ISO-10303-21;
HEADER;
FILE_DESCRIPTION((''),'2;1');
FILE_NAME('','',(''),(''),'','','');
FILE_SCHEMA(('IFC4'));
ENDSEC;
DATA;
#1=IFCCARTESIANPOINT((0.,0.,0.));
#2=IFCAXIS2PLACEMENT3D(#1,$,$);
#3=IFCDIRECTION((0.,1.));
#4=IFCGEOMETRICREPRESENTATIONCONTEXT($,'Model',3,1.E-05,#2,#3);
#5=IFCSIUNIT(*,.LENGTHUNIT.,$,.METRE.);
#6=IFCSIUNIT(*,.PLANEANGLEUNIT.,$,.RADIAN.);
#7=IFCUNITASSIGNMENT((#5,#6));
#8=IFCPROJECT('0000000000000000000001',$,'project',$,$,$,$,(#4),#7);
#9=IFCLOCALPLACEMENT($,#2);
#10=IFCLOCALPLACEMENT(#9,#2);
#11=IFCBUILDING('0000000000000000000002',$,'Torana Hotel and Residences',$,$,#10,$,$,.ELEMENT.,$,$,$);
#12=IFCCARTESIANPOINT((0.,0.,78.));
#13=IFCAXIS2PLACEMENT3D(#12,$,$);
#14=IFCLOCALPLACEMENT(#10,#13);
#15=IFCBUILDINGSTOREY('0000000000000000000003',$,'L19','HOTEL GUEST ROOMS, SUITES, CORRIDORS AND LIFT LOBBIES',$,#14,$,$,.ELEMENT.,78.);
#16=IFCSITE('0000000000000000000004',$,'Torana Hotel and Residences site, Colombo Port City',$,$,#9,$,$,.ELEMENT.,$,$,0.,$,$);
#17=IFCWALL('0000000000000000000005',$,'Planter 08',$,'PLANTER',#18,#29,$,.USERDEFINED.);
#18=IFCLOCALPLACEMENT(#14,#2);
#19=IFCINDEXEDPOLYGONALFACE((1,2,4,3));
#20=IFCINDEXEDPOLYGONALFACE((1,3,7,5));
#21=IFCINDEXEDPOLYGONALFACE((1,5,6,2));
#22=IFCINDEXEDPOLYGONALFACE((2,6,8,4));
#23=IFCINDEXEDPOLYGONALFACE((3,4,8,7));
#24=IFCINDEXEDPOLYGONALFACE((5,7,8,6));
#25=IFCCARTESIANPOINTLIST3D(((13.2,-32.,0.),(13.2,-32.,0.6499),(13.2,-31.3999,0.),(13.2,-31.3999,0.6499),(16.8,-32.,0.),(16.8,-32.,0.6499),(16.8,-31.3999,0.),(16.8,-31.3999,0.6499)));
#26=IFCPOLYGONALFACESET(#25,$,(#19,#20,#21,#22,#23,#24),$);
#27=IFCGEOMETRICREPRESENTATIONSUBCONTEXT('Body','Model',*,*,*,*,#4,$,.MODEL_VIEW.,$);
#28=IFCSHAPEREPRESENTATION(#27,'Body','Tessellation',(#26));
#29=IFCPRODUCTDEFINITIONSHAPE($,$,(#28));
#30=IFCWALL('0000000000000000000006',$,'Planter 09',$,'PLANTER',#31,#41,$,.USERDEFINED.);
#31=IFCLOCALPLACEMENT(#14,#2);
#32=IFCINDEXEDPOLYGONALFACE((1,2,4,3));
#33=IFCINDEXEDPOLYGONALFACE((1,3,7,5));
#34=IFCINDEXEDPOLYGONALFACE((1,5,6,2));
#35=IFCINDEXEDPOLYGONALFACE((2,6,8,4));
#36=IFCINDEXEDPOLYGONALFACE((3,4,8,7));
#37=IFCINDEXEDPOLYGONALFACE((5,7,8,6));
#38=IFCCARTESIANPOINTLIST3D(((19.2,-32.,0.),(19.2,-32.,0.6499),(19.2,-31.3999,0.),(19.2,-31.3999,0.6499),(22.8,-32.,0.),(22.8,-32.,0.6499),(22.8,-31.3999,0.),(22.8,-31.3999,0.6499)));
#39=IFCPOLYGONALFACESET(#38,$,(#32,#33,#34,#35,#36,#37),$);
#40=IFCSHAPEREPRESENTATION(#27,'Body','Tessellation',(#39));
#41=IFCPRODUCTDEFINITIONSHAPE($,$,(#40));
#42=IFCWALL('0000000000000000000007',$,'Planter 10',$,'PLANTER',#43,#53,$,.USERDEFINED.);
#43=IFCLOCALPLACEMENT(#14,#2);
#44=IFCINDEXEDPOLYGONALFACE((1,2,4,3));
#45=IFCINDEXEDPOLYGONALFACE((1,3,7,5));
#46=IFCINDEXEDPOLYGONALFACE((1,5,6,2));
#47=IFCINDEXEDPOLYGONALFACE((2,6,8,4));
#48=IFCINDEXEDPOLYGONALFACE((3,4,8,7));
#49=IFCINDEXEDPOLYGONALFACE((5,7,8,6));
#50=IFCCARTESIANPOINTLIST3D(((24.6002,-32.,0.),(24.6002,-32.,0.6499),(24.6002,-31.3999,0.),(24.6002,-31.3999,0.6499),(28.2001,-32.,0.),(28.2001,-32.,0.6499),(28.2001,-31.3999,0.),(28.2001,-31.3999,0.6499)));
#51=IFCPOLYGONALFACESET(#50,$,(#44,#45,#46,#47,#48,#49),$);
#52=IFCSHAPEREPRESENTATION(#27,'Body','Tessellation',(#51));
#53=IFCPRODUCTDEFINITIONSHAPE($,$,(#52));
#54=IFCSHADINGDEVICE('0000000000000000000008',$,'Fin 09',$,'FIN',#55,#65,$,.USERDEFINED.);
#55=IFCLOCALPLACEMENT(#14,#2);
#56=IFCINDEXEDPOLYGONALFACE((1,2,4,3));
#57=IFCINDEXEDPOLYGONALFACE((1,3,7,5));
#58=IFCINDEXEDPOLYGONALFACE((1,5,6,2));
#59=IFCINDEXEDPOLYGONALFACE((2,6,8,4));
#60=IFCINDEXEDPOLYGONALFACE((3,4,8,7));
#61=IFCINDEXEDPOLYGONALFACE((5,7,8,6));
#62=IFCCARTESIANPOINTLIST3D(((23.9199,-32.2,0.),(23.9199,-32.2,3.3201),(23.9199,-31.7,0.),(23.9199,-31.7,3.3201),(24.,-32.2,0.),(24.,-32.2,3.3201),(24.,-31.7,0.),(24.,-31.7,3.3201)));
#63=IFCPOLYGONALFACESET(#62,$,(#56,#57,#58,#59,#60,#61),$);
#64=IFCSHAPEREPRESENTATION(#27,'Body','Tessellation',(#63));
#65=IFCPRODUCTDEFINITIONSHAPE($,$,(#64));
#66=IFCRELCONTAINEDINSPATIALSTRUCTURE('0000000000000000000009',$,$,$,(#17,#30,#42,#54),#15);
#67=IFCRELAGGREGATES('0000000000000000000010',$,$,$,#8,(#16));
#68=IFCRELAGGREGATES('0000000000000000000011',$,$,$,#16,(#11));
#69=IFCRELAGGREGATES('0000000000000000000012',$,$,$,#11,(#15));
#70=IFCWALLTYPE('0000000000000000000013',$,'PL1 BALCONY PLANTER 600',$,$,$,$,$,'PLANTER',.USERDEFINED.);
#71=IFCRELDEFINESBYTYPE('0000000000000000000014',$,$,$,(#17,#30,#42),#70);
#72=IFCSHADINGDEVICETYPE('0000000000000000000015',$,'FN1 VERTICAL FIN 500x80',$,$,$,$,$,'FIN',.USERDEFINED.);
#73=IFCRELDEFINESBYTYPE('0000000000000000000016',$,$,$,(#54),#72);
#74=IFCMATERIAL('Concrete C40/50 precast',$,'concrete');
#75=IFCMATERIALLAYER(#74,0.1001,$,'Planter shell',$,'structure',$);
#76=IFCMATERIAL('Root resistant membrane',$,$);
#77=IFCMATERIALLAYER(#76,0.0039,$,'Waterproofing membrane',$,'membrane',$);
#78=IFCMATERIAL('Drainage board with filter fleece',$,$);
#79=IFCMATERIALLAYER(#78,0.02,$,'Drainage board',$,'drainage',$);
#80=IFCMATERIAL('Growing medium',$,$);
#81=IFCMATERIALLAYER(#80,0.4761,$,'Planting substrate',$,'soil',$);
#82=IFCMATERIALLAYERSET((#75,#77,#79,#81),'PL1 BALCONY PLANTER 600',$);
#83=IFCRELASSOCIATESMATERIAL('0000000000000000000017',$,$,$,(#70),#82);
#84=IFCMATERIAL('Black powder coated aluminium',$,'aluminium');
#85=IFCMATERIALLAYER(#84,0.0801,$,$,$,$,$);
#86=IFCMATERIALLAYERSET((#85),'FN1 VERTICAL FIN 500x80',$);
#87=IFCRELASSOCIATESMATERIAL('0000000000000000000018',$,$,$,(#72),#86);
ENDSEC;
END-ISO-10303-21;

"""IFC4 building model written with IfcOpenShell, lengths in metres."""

from ifc_helpers import new_model, si_unit, direction, frame, frame_2d, origin, origin_2d, place, context, subcontext, project, spatial, rectangle, extrude, material, layer, layer_set, type_object, element, save


model = new_model("IFC4")

# Units and contexts
model_context = context("Model", 3, precision=1e-05, world=origin(), true_north=direction((0.0, 1.0)))
body_context = subcontext(model_context, "Body", "Model", "MODEL_VIEW")
ifc_project = project(units=[si_unit("LENGTHUNIT", "METRE"), si_unit("PLANEANGLEUNIT", "RADIAN")], contexts=[model_context])

# Site, building, storey
site_placement = place(None, origin())
site = spatial("IfcSite", under=ifc_project, at=site_placement, Name="Torana Hotel and Residences site, Colombo Port City", CompositionType="ELEMENT", RefElevation=0.0)
building_placement = place(site_placement, origin())
building = spatial("IfcBuilding", under=site, at=building_placement, Name="Torana Hotel and Residences", CompositionType="ELEMENT")
storey_placement = place(building_placement, frame((0.0, 0.0, 78.0)))
storey = spatial("IfcBuildingStorey", under=building, at=storey_placement, Name="L19", Description="HOTEL GUEST ROOMS, SUITES, CORRIDORS AND LIFT LOBBIES", CompositionType="ELEMENT", Elevation=78.0)

# Walls
ifc_material_1 = material(Name="Concrete C40/50 precast", Category="concrete")
ifc_layer_1 = layer(ifc_material_1, 0.1001, Name="Planter shell", Category="structure")
ifc_material_2 = material(Name="Root resistant membrane")
ifc_layer_2 = layer(ifc_material_2, 0.0039, Name="Waterproofing membrane", Category="membrane")
ifc_material_3 = material(Name="Drainage board with filter fleece")
ifc_layer_3 = layer(ifc_material_3, 0.02, Name="Drainage board", Category="drainage")
ifc_material_4 = material(Name="Growing medium")
ifc_layer_4 = layer(ifc_material_4, 0.4761, Name="Planting substrate", Category="soil")
ifc_layer_set_1 = layer_set([ifc_layer_1, ifc_layer_2, ifc_layer_3, ifc_layer_4], Name="PL1 BALCONY PLANTER 600")
wall_type_1 = type_object("IfcWallType", Name="PL1 BALCONY PLANTER 600", ElementType="PLANTER", PredefinedType="USERDEFINED", material=ifc_layer_set_1)
for number, where, z_axis, x_axis, name in (
    (1, (16.8, -31.7, 0.0), (0.0, 0.0, 1.0), (-1.0, 0.0, 0.0), "Planter 08"),
    (2, (22.8, -31.7, 0.0), (0.0, 0.0, 1.0), (-1.0, 0.0, 0.0), "Planter 09"),
):
    element("IfcWall", number, at=place(storey_placement, frame(where, z_axis=z_axis, x_axis=x_axis)), inside=storey, type_object=wall_type_1, Name=name, ObjectType="PLANTER", PredefinedType="USERDEFINED", context=body_context, shape_type="SweptSolid", body=[
        extrude(rectangle(XDim=3.6001, YDim=0.6001, at=frame_2d((1.8, 0.0))), origin(), (0.0, 0.0, 1.0), 0.6499),
    ])
wall_1_placement = place(storey_placement, frame((28.2, -31.7, 0.0), z_axis=(0.0, 0.0, 1.0), x_axis=(-1.0, 0.0, 0.0)))
element("IfcWall", 3, at=wall_1_placement, inside=storey, type_object=wall_type_1, Name="Planter 10", ObjectType="PLANTER", PredefinedType="USERDEFINED", context=body_context, shape_type="SweptSolid", body=[
    extrude(rectangle(XDim=3.5999, YDim=0.6001, at=frame_2d((1.7998, 0.0))), origin(), (0.0, 0.0, 1.0), 0.6499),
])

# Shading device
ifc_material_5 = material(Name="Black powder coated aluminium", Category="aluminium")
ifc_layer_5 = layer(ifc_material_5, 0.0801)
ifc_layer_set_2 = layer_set([ifc_layer_5], Name="FN1 VERTICAL FIN 500x80")
shading_device_type = type_object("IfcShadingDeviceType", Name="FN1 VERTICAL FIN 500x80", ElementType="FIN", PredefinedType="USERDEFINED", material=ifc_layer_set_2)
shading_device_placement = place(storey_placement, frame((23.96, -31.95, 0.0), z_axis=(0.0, 0.0, 1.0), x_axis=(-1.0, 0.0, 0.0)))
element("IfcShadingDevice", 4, at=shading_device_placement, inside=storey, type_object=shading_device_type, Name="Fin 09", ObjectType="FIN", PredefinedType="USERDEFINED", context=body_context, shape_type="SweptSolid", body=[
    extrude(rectangle(XDim=0.0801, YDim=0.5, at=origin_2d()), origin(), (0.0, 0.0, 1.0), 3.3201),
])

save(model, "model.ifc")
